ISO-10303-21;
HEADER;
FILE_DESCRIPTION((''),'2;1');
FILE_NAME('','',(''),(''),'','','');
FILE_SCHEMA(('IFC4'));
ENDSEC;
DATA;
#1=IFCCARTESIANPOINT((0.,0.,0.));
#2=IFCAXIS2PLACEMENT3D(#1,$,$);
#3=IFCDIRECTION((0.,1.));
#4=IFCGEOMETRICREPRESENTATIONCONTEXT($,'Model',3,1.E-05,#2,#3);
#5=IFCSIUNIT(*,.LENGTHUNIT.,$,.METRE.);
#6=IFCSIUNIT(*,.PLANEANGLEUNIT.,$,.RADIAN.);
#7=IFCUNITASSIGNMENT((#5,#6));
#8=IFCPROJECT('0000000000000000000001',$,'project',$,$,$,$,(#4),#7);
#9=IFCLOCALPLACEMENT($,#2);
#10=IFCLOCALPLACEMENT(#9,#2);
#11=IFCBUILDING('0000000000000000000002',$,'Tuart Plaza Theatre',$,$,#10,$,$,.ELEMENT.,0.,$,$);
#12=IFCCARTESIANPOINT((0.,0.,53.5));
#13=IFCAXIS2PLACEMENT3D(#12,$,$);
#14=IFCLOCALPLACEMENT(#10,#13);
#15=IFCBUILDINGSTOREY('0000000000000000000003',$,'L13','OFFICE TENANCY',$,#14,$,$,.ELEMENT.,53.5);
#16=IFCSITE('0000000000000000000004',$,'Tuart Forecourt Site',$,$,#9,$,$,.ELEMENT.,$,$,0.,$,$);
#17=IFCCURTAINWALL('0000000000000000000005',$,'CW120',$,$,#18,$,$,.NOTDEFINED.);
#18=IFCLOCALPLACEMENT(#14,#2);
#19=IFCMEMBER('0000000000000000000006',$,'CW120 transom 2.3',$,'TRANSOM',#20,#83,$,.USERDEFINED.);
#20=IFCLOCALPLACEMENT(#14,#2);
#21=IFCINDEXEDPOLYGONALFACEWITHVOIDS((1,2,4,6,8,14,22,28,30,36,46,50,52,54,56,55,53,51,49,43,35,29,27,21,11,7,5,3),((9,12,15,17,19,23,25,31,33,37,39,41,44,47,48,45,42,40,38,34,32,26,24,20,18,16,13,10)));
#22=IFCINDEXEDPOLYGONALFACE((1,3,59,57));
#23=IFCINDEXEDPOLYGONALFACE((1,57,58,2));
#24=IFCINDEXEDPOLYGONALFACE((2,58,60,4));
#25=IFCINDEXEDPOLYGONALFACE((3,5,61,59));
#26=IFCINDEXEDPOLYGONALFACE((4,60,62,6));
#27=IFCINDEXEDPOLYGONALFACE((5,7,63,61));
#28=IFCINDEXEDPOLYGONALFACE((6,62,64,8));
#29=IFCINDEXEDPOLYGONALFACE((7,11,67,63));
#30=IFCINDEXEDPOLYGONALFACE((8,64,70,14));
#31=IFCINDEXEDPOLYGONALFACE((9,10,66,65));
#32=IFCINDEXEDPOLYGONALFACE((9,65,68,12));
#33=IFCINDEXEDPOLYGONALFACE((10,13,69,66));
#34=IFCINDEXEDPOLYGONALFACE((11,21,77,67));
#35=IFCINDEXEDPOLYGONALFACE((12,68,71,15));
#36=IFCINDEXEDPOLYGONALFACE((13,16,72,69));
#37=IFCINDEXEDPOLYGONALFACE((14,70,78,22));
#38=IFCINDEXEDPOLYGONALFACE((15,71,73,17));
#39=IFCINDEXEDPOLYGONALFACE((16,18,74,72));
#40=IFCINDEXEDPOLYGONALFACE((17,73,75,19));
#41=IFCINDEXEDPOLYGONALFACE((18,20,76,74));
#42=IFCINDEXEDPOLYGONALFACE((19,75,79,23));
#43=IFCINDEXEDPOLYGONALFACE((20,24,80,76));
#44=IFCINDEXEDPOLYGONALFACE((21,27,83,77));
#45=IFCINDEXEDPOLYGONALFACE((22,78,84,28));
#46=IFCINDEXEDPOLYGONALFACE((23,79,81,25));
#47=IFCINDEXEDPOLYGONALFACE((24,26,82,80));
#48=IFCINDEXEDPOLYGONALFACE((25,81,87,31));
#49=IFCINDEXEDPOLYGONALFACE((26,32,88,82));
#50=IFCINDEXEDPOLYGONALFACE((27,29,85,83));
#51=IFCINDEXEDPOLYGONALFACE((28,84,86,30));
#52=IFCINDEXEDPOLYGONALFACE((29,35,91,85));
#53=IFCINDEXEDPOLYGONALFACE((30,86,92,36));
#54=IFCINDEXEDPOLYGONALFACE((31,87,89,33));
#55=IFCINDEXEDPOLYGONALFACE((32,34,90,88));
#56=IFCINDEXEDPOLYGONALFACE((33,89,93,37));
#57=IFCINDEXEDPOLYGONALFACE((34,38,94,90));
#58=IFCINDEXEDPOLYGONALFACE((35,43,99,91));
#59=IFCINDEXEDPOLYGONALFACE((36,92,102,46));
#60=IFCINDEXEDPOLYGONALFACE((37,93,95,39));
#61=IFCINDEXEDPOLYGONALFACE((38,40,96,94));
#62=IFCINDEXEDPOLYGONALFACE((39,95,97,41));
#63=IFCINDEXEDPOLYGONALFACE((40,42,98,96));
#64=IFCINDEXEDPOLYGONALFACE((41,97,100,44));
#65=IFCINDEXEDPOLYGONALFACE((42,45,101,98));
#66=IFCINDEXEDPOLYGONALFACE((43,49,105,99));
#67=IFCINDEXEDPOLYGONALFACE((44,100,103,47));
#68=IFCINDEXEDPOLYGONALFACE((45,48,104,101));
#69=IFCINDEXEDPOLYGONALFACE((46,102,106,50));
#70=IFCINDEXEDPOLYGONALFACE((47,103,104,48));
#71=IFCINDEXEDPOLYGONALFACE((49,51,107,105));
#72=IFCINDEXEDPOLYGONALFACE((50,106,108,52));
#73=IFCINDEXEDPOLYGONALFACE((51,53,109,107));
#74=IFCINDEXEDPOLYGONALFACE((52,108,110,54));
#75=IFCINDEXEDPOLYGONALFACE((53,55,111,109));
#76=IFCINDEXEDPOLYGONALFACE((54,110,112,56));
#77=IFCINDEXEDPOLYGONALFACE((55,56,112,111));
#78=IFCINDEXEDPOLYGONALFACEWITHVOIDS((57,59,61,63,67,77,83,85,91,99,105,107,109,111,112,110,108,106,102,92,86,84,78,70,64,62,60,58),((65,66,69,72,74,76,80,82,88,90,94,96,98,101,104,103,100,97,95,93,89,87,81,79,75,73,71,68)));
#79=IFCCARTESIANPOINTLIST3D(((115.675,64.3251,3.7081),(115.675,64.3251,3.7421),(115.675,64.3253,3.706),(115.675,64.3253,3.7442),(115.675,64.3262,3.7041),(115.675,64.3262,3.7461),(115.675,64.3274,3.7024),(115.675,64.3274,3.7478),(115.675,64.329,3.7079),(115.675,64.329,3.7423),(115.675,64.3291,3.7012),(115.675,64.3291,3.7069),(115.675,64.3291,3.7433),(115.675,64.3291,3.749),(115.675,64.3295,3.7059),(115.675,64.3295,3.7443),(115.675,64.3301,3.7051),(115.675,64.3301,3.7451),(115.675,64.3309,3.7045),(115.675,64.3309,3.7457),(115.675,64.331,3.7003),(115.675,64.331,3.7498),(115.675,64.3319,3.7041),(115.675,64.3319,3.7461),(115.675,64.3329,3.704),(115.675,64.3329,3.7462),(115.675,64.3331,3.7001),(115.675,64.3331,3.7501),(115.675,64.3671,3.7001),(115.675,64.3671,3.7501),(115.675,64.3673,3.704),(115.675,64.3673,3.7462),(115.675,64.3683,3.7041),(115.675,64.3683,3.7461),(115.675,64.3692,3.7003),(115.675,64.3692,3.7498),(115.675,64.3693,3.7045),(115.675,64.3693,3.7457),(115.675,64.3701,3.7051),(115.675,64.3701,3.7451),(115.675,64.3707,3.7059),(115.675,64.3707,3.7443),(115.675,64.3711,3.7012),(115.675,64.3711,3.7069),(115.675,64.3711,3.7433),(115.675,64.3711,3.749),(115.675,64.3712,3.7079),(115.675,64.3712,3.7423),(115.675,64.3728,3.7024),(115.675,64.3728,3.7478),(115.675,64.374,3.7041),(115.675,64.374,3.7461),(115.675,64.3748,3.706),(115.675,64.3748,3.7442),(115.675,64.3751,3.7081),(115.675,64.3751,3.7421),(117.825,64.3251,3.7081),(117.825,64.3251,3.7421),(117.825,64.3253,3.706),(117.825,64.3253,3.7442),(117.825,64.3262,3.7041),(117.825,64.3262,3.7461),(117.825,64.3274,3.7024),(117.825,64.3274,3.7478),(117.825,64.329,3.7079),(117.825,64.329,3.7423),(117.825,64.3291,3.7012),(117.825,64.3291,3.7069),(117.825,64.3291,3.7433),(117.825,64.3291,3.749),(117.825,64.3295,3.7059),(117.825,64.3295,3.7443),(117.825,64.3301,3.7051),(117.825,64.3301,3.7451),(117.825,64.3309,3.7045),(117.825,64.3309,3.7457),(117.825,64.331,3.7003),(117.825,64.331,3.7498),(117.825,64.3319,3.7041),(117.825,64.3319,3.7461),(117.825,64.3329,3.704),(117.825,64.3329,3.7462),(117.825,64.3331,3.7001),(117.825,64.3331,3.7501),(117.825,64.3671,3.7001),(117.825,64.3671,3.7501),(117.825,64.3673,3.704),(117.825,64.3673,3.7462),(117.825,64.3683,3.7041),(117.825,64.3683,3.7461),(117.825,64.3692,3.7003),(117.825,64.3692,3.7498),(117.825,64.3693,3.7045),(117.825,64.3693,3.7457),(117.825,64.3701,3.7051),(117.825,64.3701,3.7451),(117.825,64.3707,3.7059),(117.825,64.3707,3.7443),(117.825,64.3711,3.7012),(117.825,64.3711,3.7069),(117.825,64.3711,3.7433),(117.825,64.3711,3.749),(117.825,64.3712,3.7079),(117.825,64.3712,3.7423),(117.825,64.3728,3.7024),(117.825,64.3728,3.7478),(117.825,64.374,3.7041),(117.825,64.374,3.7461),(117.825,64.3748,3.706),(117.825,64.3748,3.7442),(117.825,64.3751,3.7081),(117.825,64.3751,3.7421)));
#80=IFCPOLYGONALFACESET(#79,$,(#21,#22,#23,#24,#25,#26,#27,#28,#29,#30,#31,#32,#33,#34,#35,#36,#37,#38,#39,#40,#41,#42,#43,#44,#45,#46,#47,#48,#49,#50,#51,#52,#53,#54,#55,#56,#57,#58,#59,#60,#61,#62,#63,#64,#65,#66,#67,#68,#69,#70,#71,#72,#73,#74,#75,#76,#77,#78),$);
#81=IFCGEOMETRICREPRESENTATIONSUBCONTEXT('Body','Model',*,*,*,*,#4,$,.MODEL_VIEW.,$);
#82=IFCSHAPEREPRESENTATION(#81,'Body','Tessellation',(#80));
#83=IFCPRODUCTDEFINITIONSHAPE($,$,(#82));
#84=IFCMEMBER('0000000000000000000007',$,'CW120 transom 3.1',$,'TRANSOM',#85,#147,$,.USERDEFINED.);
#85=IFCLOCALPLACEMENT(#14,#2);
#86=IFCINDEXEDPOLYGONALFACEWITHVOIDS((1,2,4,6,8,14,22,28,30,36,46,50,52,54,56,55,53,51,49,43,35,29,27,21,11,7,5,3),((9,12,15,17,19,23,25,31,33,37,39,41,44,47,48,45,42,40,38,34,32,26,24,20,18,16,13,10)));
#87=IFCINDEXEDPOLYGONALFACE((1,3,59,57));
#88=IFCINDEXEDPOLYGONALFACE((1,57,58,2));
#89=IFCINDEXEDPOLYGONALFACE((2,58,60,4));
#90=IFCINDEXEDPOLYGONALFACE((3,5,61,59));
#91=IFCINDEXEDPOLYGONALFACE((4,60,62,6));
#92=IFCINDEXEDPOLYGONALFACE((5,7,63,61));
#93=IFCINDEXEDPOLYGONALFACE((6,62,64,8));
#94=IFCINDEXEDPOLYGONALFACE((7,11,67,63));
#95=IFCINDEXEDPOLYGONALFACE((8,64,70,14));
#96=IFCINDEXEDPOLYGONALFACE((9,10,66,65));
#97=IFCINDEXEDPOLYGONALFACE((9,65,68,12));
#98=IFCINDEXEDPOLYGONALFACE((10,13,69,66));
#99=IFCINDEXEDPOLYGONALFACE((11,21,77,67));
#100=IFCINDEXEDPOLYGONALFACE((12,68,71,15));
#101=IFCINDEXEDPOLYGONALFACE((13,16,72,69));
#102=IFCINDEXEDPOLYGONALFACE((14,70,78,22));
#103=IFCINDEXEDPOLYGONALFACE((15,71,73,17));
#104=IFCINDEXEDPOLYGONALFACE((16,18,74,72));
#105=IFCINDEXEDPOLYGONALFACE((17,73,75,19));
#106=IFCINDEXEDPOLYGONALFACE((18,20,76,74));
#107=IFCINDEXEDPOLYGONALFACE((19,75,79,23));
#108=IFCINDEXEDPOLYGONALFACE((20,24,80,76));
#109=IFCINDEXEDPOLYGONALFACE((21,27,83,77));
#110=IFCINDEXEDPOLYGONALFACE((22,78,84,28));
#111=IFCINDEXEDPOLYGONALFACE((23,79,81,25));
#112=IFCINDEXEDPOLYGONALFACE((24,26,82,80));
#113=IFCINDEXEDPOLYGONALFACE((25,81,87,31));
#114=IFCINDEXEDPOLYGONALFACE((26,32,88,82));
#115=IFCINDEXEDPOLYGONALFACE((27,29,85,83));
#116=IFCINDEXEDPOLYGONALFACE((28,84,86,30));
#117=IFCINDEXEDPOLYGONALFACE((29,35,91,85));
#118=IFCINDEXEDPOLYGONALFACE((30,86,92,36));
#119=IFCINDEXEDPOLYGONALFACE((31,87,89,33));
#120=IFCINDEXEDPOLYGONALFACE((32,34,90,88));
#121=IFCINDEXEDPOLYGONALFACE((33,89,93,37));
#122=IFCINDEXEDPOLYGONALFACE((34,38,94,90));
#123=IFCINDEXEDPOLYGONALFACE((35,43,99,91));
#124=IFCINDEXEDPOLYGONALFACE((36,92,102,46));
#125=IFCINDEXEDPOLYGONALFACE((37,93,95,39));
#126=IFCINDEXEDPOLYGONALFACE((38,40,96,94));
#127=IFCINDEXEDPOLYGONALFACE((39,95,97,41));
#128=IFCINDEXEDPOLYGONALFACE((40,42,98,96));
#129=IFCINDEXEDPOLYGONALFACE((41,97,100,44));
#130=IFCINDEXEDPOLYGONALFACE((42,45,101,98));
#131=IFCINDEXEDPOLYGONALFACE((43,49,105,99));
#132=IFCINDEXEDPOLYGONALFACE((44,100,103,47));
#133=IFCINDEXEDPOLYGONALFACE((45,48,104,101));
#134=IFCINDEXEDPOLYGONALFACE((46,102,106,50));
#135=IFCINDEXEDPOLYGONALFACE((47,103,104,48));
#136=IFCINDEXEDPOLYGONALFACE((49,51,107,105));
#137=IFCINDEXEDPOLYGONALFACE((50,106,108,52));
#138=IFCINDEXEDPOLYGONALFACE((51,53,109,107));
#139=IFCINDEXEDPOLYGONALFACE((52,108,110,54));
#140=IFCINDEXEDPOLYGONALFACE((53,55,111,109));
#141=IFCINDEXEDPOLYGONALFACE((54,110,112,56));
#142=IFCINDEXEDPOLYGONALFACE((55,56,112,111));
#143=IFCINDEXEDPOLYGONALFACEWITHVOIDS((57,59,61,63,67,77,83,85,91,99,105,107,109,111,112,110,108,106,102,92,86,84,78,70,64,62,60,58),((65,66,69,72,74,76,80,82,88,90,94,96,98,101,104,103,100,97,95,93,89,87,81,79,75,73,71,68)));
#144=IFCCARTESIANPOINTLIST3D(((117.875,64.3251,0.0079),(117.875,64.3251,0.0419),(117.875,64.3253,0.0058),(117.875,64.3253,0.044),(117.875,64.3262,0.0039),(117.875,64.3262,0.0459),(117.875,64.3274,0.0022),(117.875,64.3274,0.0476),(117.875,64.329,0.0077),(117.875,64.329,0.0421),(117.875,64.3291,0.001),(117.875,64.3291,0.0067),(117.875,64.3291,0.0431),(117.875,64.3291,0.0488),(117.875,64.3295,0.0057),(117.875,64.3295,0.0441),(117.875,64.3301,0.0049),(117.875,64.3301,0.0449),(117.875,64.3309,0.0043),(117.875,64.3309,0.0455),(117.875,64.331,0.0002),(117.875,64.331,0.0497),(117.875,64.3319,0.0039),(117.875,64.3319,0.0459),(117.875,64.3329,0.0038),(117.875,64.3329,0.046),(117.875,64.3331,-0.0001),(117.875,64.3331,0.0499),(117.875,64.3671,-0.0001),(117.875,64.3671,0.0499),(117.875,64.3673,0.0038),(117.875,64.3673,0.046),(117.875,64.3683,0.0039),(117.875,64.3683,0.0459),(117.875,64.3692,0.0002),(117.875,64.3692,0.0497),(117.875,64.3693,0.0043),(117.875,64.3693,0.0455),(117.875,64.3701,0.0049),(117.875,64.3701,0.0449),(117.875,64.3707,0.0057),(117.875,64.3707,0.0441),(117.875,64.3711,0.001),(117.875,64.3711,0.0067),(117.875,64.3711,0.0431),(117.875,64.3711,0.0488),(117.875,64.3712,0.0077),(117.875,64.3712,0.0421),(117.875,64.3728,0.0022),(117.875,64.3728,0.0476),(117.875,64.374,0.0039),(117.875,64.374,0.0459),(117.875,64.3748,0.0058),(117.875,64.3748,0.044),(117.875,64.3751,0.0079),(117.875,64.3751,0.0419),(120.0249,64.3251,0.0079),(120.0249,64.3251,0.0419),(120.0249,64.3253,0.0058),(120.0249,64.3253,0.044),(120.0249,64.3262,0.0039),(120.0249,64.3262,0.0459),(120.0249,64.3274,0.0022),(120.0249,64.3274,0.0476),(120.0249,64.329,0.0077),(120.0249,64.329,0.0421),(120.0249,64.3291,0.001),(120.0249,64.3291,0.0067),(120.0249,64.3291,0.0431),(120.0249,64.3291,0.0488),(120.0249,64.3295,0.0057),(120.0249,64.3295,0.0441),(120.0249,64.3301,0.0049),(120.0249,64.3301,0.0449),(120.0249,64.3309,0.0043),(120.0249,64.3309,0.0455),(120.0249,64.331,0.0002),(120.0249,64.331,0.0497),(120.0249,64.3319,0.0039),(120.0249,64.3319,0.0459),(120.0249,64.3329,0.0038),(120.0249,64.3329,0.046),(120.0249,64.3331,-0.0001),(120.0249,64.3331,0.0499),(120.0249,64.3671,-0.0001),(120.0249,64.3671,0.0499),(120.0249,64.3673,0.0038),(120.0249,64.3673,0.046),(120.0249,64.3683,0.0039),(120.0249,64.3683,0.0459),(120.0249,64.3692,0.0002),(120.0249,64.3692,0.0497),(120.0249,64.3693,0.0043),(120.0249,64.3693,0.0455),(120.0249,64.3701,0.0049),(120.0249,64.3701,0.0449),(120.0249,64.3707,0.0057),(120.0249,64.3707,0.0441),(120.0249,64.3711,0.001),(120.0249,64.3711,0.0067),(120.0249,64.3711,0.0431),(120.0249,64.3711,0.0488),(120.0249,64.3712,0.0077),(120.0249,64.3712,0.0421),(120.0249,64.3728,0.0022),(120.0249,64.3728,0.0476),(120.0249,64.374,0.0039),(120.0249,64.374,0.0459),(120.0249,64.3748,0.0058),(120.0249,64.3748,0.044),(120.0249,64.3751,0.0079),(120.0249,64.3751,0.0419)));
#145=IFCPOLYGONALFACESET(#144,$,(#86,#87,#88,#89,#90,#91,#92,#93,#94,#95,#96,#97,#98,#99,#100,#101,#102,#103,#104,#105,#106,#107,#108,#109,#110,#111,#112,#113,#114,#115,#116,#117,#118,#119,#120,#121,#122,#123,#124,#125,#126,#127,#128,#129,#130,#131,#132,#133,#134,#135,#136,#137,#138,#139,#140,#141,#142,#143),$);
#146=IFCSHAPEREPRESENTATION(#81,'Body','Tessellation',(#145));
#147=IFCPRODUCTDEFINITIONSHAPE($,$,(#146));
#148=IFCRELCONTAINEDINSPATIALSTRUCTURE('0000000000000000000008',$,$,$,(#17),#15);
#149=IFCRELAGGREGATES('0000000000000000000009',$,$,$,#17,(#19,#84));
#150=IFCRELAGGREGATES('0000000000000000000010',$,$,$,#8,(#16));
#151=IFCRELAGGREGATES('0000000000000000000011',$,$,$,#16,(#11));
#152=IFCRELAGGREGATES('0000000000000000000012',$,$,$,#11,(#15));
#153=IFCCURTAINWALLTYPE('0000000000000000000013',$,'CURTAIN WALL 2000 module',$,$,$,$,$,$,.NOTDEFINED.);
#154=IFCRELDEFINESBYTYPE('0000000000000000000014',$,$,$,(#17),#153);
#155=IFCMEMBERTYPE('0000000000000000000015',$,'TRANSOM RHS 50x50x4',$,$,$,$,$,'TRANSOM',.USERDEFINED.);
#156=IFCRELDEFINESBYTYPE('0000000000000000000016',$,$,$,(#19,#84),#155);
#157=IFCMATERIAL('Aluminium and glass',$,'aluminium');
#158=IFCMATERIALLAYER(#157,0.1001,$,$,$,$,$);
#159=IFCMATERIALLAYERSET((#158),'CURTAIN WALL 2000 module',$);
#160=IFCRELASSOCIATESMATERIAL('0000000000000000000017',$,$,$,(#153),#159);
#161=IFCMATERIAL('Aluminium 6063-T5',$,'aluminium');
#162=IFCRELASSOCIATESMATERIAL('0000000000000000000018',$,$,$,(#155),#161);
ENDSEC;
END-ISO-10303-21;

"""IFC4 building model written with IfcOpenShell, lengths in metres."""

from ifc_helpers import new_model, si_unit, direction, frame, origin, origin_2d, place, context, subcontext, project, spatial, hollow_rectangle, extrude, material, layer, layer_set, material_profile, profile_set, type_object, element, aggregate, save


model = new_model("IFC4")

# Units and contexts
model_context = context("Model", 3, precision=1e-05, world=origin(), true_north=direction((0.0, 1.0)))
body_context = subcontext(model_context, "Body", "Model", "MODEL_VIEW")
ifc_project = project(units=[si_unit("LENGTHUNIT", "METRE"), si_unit("PLANEANGLEUNIT", "RADIAN")], contexts=[model_context])

# Site, building, storey
site_placement = place(None, origin())
site = spatial("IfcSite", under=ifc_project, at=site_placement, Name="Tuart Forecourt Site", CompositionType="ELEMENT", RefElevation=0.0)
building_placement = place(site_placement, origin())
building = spatial("IfcBuilding", under=site, at=building_placement, Name="Tuart Plaza Theatre", CompositionType="ELEMENT", ElevationOfRefHeight=0.0)
storey_placement = place(building_placement, frame((0.0, 0.0, 53.5)))
storey = spatial("IfcBuildingStorey", under=building, at=storey_placement, Name="L13", Description="OFFICE TENANCY", CompositionType="ELEMENT", Elevation=53.5)

# Curtain wall
ifc_material_1 = material(Name="Aluminium and glass", Category="aluminium")
ifc_layer_1 = layer(ifc_material_1, 0.1001)
ifc_layer_set_1 = layer_set([ifc_layer_1], Name="CURTAIN WALL 2000 module")
curtain_wall_type = type_object("IfcCurtainWallType", Name="CURTAIN WALL 2000 module", PredefinedType="NOTDEFINED", material=ifc_layer_set_1)
curtain_wall_1_placement = place(storey_placement, origin())
curtain_wall_1 = element("IfcCurtainWall", 1, at=curtain_wall_1_placement, inside=storey, type_object=curtain_wall_type, Name="CW120", PredefinedType="NOTDEFINED")
ifc_material_2 = material(Name="Aluminium 6063-T5", Category="aluminium")
ifc_material_profile_1 = material_profile(ifc_material_2, hollow_rectangle(XDim=0.05, YDim=0.05, WallThickness=0.0039, InnerFilletRadius=0.0039, OuterFilletRadius=0.0081, at=origin_2d()), Name="RHS 50x50x4")
ifc_profile_set_1 = profile_set([ifc_material_profile_1], Name="Aluminium 6063-T5")
member_type_1 = type_object("IfcMemberType", Name="TRANSOM RHS 50x50x4", ElementType="TRANSOM", PredefinedType="USERDEFINED", material=ifc_profile_set_1)

# Members
member_1_placement = place(storey_placement, frame((115.675, 64.3501, 3.7251), z_axis=(1.0, 0.0, 0.0), x_axis=(0.0, 1.0, 0.0)))
member_1 = element("IfcMember", 2, at=member_1_placement, type_object=member_type_1, Name="CW120 transom 2.3", ObjectType="TRANSOM", PredefinedType="USERDEFINED", context=body_context, shape_type="SweptSolid", body=[
    extrude(hollow_rectangle(XDim=0.05, YDim=0.05, WallThickness=0.0039, InnerFilletRadius=0.0039, OuterFilletRadius=0.0081, at=origin_2d()), origin(), (0.0, 0.0, 1.0), 2.1499),
])
member_2_placement = place(storey_placement, frame((117.875, 64.3501, 0.0249), z_axis=(1.0, 0.0, 0.0), x_axis=(0.0, 1.0, 0.0)))
member_2 = element("IfcMember", 3, at=member_2_placement, type_object=member_type_1, Name="CW120 transom 3.1", ObjectType="TRANSOM", PredefinedType="USERDEFINED", context=body_context, shape_type="SweptSolid", body=[
    extrude(hollow_rectangle(XDim=0.05, YDim=0.05, WallThickness=0.0039, InnerFilletRadius=0.0039, OuterFilletRadius=0.0081, at=origin_2d()), origin(), (0.0, 0.0, 1.0), 2.1499),
])

aggregate(curtain_wall_1, [member_1, member_2])

save(model, "model.ifc")
